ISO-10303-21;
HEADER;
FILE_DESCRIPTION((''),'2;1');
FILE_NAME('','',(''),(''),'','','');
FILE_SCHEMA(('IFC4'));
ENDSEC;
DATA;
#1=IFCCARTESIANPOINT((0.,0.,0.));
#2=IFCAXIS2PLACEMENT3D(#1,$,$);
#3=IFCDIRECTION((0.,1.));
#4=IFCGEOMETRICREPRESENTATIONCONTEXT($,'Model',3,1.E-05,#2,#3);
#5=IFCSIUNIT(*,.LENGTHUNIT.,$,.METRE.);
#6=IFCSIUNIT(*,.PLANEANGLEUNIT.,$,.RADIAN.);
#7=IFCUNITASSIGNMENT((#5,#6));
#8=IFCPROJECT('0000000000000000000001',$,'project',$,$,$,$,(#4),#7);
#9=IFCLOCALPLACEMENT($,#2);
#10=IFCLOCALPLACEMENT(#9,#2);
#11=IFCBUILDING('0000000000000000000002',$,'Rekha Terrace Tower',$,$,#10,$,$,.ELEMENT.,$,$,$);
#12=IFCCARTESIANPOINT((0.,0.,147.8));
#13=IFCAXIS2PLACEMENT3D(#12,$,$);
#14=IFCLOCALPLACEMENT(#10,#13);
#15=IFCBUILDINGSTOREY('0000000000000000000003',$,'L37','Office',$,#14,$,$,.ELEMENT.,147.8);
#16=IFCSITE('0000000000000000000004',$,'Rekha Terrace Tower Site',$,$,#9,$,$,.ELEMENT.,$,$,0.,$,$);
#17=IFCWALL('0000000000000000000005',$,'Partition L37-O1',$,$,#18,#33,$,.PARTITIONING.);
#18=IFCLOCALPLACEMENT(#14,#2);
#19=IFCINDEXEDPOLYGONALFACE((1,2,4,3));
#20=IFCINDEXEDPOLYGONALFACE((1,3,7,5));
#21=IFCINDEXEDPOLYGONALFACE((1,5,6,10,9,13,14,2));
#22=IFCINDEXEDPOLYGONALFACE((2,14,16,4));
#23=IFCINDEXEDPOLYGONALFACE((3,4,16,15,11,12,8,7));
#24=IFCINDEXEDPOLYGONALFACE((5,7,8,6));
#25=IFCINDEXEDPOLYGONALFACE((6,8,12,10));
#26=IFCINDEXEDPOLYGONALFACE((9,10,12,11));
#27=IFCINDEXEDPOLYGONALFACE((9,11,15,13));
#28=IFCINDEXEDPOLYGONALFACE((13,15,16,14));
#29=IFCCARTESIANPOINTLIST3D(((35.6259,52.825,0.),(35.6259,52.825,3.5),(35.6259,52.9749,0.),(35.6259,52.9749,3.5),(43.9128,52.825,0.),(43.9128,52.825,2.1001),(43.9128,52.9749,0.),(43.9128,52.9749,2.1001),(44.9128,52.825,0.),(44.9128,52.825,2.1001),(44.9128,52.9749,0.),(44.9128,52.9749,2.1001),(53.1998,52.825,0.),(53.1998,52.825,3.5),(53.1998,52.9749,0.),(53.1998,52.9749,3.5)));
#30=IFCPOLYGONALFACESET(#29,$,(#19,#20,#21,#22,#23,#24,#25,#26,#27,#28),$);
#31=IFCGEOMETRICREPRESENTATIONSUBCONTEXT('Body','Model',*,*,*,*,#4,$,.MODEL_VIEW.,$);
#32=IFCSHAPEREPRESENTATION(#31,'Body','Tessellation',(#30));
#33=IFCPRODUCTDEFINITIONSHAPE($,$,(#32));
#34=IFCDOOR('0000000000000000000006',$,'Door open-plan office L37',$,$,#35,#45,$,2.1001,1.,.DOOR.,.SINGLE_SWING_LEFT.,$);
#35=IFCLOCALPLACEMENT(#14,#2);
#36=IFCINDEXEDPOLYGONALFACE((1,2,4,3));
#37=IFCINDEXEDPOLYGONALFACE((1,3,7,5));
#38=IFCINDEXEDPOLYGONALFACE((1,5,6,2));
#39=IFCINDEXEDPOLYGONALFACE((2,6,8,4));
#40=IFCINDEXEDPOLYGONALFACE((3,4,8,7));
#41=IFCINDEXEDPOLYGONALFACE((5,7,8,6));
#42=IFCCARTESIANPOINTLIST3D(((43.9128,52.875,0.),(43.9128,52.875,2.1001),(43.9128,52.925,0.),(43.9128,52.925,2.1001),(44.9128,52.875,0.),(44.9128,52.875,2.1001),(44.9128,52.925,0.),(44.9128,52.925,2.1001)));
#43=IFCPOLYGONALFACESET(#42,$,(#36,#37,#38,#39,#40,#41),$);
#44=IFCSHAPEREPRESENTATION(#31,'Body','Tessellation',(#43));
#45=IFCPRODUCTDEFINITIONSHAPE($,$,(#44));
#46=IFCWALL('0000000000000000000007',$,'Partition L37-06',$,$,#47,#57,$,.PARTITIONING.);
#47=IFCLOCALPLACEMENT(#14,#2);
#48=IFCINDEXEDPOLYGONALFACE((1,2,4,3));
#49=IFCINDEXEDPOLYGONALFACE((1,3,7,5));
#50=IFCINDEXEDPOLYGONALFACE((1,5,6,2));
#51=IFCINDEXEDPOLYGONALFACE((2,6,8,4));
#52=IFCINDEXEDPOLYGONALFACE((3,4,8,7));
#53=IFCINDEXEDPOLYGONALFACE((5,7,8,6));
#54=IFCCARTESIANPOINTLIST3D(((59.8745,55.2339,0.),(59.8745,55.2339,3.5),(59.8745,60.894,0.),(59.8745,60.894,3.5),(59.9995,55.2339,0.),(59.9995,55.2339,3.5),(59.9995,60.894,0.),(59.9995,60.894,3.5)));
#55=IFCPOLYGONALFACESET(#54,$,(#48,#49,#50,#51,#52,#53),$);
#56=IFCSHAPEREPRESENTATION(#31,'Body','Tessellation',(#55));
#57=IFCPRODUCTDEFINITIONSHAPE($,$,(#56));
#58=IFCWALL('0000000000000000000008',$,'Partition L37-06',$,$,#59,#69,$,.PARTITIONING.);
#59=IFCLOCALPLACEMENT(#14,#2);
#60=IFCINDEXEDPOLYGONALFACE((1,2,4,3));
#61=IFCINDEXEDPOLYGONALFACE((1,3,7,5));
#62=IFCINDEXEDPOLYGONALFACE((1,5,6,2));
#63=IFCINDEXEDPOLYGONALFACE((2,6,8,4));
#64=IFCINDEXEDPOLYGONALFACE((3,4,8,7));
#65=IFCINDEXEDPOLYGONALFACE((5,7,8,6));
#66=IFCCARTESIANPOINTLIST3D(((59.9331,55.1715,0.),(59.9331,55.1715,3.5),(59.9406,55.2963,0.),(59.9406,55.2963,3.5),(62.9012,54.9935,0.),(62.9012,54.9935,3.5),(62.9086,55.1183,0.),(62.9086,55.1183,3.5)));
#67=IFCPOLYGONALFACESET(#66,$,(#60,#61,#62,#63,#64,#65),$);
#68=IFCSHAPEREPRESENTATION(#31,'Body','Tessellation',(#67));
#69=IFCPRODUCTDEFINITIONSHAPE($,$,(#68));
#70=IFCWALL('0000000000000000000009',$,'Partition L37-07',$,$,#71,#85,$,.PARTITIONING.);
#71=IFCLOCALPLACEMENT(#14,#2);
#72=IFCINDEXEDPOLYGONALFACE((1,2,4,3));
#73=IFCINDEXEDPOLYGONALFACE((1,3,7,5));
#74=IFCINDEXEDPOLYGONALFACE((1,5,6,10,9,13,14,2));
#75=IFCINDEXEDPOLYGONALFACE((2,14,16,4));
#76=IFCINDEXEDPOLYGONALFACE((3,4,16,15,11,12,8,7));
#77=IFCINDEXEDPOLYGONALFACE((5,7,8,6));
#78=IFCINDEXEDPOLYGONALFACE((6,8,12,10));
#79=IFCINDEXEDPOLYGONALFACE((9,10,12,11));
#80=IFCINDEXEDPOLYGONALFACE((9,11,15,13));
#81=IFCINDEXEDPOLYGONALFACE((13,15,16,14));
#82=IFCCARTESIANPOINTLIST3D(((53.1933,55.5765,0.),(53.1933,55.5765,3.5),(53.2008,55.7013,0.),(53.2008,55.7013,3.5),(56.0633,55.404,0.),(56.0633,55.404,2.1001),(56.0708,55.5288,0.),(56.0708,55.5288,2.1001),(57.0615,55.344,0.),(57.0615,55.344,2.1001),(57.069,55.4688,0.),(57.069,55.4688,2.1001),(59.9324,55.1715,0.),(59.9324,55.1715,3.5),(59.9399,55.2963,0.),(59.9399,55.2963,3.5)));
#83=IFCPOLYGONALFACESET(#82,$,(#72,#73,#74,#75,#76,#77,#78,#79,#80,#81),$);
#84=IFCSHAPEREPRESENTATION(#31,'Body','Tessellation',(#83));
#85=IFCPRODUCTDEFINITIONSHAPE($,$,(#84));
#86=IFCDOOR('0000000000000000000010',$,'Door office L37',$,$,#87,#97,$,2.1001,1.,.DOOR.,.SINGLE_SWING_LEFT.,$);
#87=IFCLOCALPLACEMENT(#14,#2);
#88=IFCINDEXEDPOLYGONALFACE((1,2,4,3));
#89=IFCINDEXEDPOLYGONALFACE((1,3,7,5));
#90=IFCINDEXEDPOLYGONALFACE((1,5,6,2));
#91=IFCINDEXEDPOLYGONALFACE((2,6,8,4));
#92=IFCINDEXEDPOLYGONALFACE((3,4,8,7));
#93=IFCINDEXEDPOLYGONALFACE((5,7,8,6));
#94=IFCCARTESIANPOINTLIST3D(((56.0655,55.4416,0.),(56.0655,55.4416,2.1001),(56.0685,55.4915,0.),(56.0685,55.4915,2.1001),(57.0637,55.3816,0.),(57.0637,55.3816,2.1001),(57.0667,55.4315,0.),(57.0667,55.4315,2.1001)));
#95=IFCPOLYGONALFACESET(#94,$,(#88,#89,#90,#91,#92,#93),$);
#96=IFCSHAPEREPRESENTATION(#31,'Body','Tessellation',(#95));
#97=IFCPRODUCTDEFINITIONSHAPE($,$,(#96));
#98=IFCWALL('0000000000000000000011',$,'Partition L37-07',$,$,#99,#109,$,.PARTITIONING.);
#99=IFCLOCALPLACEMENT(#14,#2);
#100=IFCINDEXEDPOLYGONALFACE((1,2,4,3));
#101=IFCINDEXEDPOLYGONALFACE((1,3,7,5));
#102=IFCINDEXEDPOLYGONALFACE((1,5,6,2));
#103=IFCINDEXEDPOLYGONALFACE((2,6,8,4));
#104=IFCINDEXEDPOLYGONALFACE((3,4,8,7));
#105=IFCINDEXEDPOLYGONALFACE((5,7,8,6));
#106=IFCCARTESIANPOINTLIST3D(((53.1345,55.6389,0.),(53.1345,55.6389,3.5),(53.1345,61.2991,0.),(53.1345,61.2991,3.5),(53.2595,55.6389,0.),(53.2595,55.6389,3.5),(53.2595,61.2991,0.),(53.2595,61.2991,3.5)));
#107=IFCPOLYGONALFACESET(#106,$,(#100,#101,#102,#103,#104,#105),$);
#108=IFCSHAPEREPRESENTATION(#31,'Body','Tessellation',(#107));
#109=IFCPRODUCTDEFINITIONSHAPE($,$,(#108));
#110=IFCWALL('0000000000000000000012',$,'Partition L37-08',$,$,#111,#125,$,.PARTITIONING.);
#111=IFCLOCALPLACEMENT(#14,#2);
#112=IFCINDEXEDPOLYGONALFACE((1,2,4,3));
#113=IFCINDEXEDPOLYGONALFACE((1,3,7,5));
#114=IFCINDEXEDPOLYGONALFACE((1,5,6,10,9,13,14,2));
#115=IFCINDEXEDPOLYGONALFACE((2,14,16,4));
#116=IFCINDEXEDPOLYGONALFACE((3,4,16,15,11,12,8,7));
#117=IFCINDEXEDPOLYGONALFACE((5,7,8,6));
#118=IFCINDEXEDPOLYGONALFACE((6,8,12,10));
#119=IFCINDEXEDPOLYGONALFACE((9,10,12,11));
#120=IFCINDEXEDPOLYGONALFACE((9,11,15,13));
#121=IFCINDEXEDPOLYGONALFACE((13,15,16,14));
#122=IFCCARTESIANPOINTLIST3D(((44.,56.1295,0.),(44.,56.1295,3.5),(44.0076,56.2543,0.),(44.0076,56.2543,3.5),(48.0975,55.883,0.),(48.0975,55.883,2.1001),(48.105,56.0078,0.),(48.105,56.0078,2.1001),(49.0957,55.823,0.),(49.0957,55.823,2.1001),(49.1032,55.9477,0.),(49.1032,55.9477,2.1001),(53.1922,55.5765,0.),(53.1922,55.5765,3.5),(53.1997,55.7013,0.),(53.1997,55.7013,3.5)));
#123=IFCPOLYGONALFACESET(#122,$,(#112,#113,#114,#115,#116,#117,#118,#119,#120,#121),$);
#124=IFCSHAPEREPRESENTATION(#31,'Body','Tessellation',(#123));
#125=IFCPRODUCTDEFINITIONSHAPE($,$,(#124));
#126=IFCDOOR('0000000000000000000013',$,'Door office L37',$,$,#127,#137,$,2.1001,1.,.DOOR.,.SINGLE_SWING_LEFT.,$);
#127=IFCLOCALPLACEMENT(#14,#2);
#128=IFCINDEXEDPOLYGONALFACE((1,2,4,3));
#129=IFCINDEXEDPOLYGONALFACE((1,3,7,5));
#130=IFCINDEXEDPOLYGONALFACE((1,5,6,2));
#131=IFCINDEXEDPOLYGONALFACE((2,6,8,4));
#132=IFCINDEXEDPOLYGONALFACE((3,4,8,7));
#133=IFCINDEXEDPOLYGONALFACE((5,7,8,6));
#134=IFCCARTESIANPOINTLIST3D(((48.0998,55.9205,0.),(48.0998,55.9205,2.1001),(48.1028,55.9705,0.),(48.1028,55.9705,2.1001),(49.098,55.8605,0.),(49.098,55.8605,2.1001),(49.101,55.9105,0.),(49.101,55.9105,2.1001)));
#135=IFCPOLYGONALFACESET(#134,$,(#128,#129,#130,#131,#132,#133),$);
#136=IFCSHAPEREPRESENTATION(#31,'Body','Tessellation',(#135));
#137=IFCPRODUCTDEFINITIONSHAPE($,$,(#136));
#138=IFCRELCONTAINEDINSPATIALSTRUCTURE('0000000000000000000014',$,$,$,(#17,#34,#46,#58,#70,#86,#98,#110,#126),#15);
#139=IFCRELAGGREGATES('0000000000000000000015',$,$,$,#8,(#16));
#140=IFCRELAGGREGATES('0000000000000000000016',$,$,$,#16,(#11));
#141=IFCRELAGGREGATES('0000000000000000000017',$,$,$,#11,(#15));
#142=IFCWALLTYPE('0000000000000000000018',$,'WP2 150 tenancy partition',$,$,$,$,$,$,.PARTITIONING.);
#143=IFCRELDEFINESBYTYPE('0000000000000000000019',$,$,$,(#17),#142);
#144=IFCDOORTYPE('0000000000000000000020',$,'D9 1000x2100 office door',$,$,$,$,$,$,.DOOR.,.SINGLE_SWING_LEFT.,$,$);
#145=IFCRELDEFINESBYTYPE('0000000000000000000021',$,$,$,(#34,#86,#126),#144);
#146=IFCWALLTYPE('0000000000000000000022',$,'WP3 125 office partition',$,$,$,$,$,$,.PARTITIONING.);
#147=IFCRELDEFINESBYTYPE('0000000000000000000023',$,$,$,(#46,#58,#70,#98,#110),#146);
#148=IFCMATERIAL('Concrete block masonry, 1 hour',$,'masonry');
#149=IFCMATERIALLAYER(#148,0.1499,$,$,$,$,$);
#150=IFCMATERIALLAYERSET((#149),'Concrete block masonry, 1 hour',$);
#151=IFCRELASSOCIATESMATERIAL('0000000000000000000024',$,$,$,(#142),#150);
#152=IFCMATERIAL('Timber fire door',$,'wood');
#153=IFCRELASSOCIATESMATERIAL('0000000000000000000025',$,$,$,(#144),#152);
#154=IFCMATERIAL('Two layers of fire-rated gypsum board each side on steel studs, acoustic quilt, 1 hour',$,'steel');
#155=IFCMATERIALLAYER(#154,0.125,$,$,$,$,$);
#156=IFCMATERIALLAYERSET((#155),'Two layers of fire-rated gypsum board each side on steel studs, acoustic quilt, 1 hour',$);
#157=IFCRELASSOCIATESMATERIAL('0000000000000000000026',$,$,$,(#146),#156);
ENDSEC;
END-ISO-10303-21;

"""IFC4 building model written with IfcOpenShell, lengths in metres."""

from ifc_helpers import new_model, si_unit, direction, frame, frame_2d, origin, place, context, subcontext, project, spatial, rectangle, extrude, material, layer, layer_set, type_object, element, fill, save


model = new_model("IFC4")

# Units and contexts
model_context = context("Model", 3, precision=1e-05, world=origin(), true_north=direction((0.0, 1.0)))
body_context = subcontext(model_context, "Body", "Model", "MODEL_VIEW")
ifc_project = project(units=[si_unit("LENGTHUNIT", "METRE"), si_unit("PLANEANGLEUNIT", "RADIAN")], contexts=[model_context])

# Site, building, storey
site_placement = place(None, origin())
site = spatial("IfcSite", under=ifc_project, at=site_placement, Name="Rekha Terrace Tower Site", CompositionType="ELEMENT", RefElevation=0.0)
building_placement = place(site_placement, origin())
building = spatial("IfcBuilding", under=site, at=building_placement, Name="Rekha Terrace Tower", CompositionType="ELEMENT")
storey_placement = place(building_placement, frame((0.0, 0.0, 147.8)))
storey = spatial("IfcBuildingStorey", under=building, at=storey_placement, Name="L37", Description="Office", CompositionType="ELEMENT", Elevation=147.8)

# Wall, opening, door
ifc_material_1 = material(Name="Concrete block masonry, 1 hour", Category="masonry")
ifc_layer_1 = layer(ifc_material_1, 0.1499)
ifc_layer_set_1 = layer_set([ifc_layer_1], Name="Concrete block masonry, 1 hour")
wall_type_1 = type_object("IfcWallType", Name="WP2 150 tenancy partition", PredefinedType="PARTITIONING", material=ifc_layer_set_1)
wall_1_placement = place(storey_placement, frame((53.2, 52.8999, 0.0), z_axis=(0.0, 0.0, 1.0), x_axis=(-1.0, 0.0, 0.0)))
wall_1 = element("IfcWall", 1, at=wall_1_placement, inside=storey, type_object=wall_type_1, Name="Partition L37-O1", PredefinedType="PARTITIONING", context=body_context, shape_type="SweptSolid", body=[
    extrude(rectangle(XDim=17.574, YDim=0.1499, at=frame_2d((8.7871, 0.0))), origin(), (0.0, 0.0, 1.0), 3.5),
])
opening_1_placement = place(wall_1_placement, frame((8.2871, 0.0, 0.0)))
opening_1 = element("IfcOpeningElement", 2, at=opening_1_placement, cuts=wall_1, PredefinedType="OPENING", context=body_context, shape_type="SweptSolid", body=[
    extrude(rectangle(XDim=1.0, YDim=2.1001, at=frame_2d((0.5, 1.05))), frame((0.0, 0.085, 0.0), z_axis=(0.0, -1.0, 0.0), x_axis=(1.0, 0.0, 0.0)), (0.0, 0.0, 1.0), 0.1699),
])
ifc_material_2 = material(Name="Timber fire door", Category="wood")
door_type = type_object("IfcDoorType", Name="D9 1000x2100 office door", OperationType="SINGLE_SWING_LEFT", PredefinedType="DOOR", material=ifc_material_2)
door_1_placement = place(opening_1_placement, origin())
door_1 = element("IfcDoor", 3, at=door_1_placement, inside=storey, type_object=door_type, Name="Door open-plan office L37", OperationType="SINGLE_SWING_LEFT", OverallHeight=2.1001, OverallWidth=1.0, PredefinedType="DOOR", context=body_context, shape_type="SweptSolid", body=[
    extrude(rectangle(XDim=1.0, YDim=2.1001, at=frame_2d((0.5, 1.05))), frame((0.0, 0.0249, 0.0), z_axis=(0.0, -1.0, 0.0), x_axis=(1.0, 0.0, 0.0)), (0.0, 0.0, 1.0), 0.05),
])
fill(opening_1, door_1)

# Walls
ifc_material_3 = material(Name="Two layers of fire-rated gypsum board each side on steel studs, acoustic quilt, 1 hour", Category="steel")
ifc_layer_2 = layer(ifc_material_3, 0.125)
ifc_layer_set_2 = layer_set([ifc_layer_2], Name="Two layers of fire-rated gypsum board each side on steel studs, acoustic quilt, 1 hour")
wall_type_2 = type_object("IfcWallType", Name="WP3 125 office partition", PredefinedType="PARTITIONING", material=ifc_layer_set_2)
wall_2_placement = place(storey_placement, frame((59.937, 55.2339, 0.0), z_axis=(0.0, 0.0, 1.0), x_axis=(0.0, 1.0, 0.0)))
element("IfcWall", 4, at=wall_2_placement, inside=storey, type_object=wall_type_2, Name="Partition L37-06", PredefinedType="PARTITIONING", context=body_context, shape_type="SweptSolid", body=[
    extrude(rectangle(XDim=5.6602, YDim=0.125, at=frame_2d((2.8301, 0.0))), origin(), (0.0, 0.0, 1.0), 3.5),
])
wall_3_placement = place(storey_placement, frame((62.905, 55.0559, 0.0), z_axis=(0.0, 0.0, 1.0), x_axis=(-0.998207, 0.059858, 0.0)))
element("IfcWall", 5, at=wall_3_placement, inside=storey, type_object=wall_type_2, Name="Partition L37-06", PredefinedType="PARTITIONING", context=body_context, shape_type="SweptSolid", body=[
    extrude(rectangle(XDim=2.9734, YDim=0.125, at=frame_2d((1.4868, 0.0))), origin(), (0.0, 0.0, 1.0), 3.5),
])

# Wall, opening, door
wall_4_placement = place(storey_placement, frame((59.936, 55.2339, 0.0), z_axis=(0.0, 0.0, 1.0), x_axis=(-0.998199, 0.059994, 0.0)))
wall_4 = element("IfcWall", 6, at=wall_4_placement, inside=storey, type_object=wall_type_2, Name="Partition L37-07", PredefinedType="PARTITIONING", context=body_context, shape_type="SweptSolid", body=[
    extrude(rectangle(XDim=6.7512, YDim=0.125, at=frame_2d((3.3755, 0.0))), origin(), (0.0, 0.0, 1.0), 3.5),
])
opening_2_placement = place(wall_4_placement, frame((2.876, 0.0, 0.0)))
opening_2 = element("IfcOpeningElement", 7, at=opening_2_placement, cuts=wall_4, PredefinedType="OPENING", context=body_context, shape_type="SweptSolid", body=[
    extrude(rectangle(XDim=1.0, YDim=2.1001, at=frame_2d((0.5, 1.05))), frame((0.0, 0.0725, 0.0), z_axis=(0.0, -1.0, 0.0), x_axis=(1.0, 0.0, 0.0)), (0.0, 0.0, 1.0), 0.145),
])
door_2_placement = place(opening_2_placement, origin())
door_2 = element("IfcDoor", 8, at=door_2_placement, inside=storey, type_object=door_type, Name="Door office L37", OperationType="SINGLE_SWING_LEFT", OverallHeight=2.1001, OverallWidth=1.0, PredefinedType="DOOR", context=body_context, shape_type="SweptSolid", body=[
    extrude(rectangle(XDim=1.0, YDim=2.1001, at=frame_2d((0.5, 1.05))), frame((0.0, 0.0249, 0.0), z_axis=(0.0, -1.0, 0.0), x_axis=(1.0, 0.0, 0.0)), (0.0, 0.0, 1.0), 0.05),
])
fill(opening_2, door_2)

# Wall
wall_5_placement = place(storey_placement, frame((53.197, 55.6389, 0.0), z_axis=(0.0, 0.0, 1.0), x_axis=(0.0, 1.0, 0.0)))
element("IfcWall", 9, at=wall_5_placement, inside=storey, type_object=wall_type_2, Name="Partition L37-07", PredefinedType="PARTITIONING", context=body_context, shape_type="SweptSolid", body=[
    extrude(rectangle(XDim=5.6602, YDim=0.125, at=frame_2d((2.8301, 0.0))), origin(), (0.0, 0.0, 1.0), 3.5),
])

# Wall, opening, door
wall_6_placement = place(storey_placement, frame((53.196, 55.6389, 0.0), z_axis=(0.0, 0.0, 1.0), x_axis=(-0.998195, 0.060049, 0.0)))
wall_6 = element("IfcWall", 10, at=wall_6_placement, inside=storey, type_object=wall_type_2, Name="Partition L37-08", PredefinedType="PARTITIONING", context=body_context, shape_type="SweptSolid", body=[
    extrude(rectangle(XDim=9.2087, YDim=0.125, at=frame_2d((4.6045, 0.0))), origin(), (0.0, 0.0, 1.0), 3.5),
])
opening_3_placement = place(wall_6_placement, frame((4.104, 0.0, 0.0)))
opening_3 = element("IfcOpeningElement", 11, at=opening_3_placement, cuts=wall_6, PredefinedType="OPENING", context=body_context, shape_type="SweptSolid", body=[
    extrude(rectangle(XDim=1.0, YDim=2.1001, at=frame_2d((0.5, 1.05))), frame((0.0, 0.0725, 0.0), z_axis=(0.0, -1.0, 0.0), x_axis=(1.0, 0.0, 0.0)), (0.0, 0.0, 1.0), 0.145),
])
door_3_placement = place(opening_3_placement, origin())
door_3 = element("IfcDoor", 12, at=door_3_placement, inside=storey, type_object=door_type, Name="Door office L37", OperationType="SINGLE_SWING_LEFT", OverallHeight=2.1001, OverallWidth=1.0, PredefinedType="DOOR", context=body_context, shape_type="SweptSolid", body=[
    extrude(rectangle(XDim=1.0, YDim=2.1001, at=frame_2d((0.5, 1.05))), frame((0.0, 0.0249, 0.0), z_axis=(0.0, -1.0, 0.0), x_axis=(1.0, 0.0, 0.0)), (0.0, 0.0, 1.0), 0.05),
])
fill(opening_3, door_3)

save(model, "model.ifc")
